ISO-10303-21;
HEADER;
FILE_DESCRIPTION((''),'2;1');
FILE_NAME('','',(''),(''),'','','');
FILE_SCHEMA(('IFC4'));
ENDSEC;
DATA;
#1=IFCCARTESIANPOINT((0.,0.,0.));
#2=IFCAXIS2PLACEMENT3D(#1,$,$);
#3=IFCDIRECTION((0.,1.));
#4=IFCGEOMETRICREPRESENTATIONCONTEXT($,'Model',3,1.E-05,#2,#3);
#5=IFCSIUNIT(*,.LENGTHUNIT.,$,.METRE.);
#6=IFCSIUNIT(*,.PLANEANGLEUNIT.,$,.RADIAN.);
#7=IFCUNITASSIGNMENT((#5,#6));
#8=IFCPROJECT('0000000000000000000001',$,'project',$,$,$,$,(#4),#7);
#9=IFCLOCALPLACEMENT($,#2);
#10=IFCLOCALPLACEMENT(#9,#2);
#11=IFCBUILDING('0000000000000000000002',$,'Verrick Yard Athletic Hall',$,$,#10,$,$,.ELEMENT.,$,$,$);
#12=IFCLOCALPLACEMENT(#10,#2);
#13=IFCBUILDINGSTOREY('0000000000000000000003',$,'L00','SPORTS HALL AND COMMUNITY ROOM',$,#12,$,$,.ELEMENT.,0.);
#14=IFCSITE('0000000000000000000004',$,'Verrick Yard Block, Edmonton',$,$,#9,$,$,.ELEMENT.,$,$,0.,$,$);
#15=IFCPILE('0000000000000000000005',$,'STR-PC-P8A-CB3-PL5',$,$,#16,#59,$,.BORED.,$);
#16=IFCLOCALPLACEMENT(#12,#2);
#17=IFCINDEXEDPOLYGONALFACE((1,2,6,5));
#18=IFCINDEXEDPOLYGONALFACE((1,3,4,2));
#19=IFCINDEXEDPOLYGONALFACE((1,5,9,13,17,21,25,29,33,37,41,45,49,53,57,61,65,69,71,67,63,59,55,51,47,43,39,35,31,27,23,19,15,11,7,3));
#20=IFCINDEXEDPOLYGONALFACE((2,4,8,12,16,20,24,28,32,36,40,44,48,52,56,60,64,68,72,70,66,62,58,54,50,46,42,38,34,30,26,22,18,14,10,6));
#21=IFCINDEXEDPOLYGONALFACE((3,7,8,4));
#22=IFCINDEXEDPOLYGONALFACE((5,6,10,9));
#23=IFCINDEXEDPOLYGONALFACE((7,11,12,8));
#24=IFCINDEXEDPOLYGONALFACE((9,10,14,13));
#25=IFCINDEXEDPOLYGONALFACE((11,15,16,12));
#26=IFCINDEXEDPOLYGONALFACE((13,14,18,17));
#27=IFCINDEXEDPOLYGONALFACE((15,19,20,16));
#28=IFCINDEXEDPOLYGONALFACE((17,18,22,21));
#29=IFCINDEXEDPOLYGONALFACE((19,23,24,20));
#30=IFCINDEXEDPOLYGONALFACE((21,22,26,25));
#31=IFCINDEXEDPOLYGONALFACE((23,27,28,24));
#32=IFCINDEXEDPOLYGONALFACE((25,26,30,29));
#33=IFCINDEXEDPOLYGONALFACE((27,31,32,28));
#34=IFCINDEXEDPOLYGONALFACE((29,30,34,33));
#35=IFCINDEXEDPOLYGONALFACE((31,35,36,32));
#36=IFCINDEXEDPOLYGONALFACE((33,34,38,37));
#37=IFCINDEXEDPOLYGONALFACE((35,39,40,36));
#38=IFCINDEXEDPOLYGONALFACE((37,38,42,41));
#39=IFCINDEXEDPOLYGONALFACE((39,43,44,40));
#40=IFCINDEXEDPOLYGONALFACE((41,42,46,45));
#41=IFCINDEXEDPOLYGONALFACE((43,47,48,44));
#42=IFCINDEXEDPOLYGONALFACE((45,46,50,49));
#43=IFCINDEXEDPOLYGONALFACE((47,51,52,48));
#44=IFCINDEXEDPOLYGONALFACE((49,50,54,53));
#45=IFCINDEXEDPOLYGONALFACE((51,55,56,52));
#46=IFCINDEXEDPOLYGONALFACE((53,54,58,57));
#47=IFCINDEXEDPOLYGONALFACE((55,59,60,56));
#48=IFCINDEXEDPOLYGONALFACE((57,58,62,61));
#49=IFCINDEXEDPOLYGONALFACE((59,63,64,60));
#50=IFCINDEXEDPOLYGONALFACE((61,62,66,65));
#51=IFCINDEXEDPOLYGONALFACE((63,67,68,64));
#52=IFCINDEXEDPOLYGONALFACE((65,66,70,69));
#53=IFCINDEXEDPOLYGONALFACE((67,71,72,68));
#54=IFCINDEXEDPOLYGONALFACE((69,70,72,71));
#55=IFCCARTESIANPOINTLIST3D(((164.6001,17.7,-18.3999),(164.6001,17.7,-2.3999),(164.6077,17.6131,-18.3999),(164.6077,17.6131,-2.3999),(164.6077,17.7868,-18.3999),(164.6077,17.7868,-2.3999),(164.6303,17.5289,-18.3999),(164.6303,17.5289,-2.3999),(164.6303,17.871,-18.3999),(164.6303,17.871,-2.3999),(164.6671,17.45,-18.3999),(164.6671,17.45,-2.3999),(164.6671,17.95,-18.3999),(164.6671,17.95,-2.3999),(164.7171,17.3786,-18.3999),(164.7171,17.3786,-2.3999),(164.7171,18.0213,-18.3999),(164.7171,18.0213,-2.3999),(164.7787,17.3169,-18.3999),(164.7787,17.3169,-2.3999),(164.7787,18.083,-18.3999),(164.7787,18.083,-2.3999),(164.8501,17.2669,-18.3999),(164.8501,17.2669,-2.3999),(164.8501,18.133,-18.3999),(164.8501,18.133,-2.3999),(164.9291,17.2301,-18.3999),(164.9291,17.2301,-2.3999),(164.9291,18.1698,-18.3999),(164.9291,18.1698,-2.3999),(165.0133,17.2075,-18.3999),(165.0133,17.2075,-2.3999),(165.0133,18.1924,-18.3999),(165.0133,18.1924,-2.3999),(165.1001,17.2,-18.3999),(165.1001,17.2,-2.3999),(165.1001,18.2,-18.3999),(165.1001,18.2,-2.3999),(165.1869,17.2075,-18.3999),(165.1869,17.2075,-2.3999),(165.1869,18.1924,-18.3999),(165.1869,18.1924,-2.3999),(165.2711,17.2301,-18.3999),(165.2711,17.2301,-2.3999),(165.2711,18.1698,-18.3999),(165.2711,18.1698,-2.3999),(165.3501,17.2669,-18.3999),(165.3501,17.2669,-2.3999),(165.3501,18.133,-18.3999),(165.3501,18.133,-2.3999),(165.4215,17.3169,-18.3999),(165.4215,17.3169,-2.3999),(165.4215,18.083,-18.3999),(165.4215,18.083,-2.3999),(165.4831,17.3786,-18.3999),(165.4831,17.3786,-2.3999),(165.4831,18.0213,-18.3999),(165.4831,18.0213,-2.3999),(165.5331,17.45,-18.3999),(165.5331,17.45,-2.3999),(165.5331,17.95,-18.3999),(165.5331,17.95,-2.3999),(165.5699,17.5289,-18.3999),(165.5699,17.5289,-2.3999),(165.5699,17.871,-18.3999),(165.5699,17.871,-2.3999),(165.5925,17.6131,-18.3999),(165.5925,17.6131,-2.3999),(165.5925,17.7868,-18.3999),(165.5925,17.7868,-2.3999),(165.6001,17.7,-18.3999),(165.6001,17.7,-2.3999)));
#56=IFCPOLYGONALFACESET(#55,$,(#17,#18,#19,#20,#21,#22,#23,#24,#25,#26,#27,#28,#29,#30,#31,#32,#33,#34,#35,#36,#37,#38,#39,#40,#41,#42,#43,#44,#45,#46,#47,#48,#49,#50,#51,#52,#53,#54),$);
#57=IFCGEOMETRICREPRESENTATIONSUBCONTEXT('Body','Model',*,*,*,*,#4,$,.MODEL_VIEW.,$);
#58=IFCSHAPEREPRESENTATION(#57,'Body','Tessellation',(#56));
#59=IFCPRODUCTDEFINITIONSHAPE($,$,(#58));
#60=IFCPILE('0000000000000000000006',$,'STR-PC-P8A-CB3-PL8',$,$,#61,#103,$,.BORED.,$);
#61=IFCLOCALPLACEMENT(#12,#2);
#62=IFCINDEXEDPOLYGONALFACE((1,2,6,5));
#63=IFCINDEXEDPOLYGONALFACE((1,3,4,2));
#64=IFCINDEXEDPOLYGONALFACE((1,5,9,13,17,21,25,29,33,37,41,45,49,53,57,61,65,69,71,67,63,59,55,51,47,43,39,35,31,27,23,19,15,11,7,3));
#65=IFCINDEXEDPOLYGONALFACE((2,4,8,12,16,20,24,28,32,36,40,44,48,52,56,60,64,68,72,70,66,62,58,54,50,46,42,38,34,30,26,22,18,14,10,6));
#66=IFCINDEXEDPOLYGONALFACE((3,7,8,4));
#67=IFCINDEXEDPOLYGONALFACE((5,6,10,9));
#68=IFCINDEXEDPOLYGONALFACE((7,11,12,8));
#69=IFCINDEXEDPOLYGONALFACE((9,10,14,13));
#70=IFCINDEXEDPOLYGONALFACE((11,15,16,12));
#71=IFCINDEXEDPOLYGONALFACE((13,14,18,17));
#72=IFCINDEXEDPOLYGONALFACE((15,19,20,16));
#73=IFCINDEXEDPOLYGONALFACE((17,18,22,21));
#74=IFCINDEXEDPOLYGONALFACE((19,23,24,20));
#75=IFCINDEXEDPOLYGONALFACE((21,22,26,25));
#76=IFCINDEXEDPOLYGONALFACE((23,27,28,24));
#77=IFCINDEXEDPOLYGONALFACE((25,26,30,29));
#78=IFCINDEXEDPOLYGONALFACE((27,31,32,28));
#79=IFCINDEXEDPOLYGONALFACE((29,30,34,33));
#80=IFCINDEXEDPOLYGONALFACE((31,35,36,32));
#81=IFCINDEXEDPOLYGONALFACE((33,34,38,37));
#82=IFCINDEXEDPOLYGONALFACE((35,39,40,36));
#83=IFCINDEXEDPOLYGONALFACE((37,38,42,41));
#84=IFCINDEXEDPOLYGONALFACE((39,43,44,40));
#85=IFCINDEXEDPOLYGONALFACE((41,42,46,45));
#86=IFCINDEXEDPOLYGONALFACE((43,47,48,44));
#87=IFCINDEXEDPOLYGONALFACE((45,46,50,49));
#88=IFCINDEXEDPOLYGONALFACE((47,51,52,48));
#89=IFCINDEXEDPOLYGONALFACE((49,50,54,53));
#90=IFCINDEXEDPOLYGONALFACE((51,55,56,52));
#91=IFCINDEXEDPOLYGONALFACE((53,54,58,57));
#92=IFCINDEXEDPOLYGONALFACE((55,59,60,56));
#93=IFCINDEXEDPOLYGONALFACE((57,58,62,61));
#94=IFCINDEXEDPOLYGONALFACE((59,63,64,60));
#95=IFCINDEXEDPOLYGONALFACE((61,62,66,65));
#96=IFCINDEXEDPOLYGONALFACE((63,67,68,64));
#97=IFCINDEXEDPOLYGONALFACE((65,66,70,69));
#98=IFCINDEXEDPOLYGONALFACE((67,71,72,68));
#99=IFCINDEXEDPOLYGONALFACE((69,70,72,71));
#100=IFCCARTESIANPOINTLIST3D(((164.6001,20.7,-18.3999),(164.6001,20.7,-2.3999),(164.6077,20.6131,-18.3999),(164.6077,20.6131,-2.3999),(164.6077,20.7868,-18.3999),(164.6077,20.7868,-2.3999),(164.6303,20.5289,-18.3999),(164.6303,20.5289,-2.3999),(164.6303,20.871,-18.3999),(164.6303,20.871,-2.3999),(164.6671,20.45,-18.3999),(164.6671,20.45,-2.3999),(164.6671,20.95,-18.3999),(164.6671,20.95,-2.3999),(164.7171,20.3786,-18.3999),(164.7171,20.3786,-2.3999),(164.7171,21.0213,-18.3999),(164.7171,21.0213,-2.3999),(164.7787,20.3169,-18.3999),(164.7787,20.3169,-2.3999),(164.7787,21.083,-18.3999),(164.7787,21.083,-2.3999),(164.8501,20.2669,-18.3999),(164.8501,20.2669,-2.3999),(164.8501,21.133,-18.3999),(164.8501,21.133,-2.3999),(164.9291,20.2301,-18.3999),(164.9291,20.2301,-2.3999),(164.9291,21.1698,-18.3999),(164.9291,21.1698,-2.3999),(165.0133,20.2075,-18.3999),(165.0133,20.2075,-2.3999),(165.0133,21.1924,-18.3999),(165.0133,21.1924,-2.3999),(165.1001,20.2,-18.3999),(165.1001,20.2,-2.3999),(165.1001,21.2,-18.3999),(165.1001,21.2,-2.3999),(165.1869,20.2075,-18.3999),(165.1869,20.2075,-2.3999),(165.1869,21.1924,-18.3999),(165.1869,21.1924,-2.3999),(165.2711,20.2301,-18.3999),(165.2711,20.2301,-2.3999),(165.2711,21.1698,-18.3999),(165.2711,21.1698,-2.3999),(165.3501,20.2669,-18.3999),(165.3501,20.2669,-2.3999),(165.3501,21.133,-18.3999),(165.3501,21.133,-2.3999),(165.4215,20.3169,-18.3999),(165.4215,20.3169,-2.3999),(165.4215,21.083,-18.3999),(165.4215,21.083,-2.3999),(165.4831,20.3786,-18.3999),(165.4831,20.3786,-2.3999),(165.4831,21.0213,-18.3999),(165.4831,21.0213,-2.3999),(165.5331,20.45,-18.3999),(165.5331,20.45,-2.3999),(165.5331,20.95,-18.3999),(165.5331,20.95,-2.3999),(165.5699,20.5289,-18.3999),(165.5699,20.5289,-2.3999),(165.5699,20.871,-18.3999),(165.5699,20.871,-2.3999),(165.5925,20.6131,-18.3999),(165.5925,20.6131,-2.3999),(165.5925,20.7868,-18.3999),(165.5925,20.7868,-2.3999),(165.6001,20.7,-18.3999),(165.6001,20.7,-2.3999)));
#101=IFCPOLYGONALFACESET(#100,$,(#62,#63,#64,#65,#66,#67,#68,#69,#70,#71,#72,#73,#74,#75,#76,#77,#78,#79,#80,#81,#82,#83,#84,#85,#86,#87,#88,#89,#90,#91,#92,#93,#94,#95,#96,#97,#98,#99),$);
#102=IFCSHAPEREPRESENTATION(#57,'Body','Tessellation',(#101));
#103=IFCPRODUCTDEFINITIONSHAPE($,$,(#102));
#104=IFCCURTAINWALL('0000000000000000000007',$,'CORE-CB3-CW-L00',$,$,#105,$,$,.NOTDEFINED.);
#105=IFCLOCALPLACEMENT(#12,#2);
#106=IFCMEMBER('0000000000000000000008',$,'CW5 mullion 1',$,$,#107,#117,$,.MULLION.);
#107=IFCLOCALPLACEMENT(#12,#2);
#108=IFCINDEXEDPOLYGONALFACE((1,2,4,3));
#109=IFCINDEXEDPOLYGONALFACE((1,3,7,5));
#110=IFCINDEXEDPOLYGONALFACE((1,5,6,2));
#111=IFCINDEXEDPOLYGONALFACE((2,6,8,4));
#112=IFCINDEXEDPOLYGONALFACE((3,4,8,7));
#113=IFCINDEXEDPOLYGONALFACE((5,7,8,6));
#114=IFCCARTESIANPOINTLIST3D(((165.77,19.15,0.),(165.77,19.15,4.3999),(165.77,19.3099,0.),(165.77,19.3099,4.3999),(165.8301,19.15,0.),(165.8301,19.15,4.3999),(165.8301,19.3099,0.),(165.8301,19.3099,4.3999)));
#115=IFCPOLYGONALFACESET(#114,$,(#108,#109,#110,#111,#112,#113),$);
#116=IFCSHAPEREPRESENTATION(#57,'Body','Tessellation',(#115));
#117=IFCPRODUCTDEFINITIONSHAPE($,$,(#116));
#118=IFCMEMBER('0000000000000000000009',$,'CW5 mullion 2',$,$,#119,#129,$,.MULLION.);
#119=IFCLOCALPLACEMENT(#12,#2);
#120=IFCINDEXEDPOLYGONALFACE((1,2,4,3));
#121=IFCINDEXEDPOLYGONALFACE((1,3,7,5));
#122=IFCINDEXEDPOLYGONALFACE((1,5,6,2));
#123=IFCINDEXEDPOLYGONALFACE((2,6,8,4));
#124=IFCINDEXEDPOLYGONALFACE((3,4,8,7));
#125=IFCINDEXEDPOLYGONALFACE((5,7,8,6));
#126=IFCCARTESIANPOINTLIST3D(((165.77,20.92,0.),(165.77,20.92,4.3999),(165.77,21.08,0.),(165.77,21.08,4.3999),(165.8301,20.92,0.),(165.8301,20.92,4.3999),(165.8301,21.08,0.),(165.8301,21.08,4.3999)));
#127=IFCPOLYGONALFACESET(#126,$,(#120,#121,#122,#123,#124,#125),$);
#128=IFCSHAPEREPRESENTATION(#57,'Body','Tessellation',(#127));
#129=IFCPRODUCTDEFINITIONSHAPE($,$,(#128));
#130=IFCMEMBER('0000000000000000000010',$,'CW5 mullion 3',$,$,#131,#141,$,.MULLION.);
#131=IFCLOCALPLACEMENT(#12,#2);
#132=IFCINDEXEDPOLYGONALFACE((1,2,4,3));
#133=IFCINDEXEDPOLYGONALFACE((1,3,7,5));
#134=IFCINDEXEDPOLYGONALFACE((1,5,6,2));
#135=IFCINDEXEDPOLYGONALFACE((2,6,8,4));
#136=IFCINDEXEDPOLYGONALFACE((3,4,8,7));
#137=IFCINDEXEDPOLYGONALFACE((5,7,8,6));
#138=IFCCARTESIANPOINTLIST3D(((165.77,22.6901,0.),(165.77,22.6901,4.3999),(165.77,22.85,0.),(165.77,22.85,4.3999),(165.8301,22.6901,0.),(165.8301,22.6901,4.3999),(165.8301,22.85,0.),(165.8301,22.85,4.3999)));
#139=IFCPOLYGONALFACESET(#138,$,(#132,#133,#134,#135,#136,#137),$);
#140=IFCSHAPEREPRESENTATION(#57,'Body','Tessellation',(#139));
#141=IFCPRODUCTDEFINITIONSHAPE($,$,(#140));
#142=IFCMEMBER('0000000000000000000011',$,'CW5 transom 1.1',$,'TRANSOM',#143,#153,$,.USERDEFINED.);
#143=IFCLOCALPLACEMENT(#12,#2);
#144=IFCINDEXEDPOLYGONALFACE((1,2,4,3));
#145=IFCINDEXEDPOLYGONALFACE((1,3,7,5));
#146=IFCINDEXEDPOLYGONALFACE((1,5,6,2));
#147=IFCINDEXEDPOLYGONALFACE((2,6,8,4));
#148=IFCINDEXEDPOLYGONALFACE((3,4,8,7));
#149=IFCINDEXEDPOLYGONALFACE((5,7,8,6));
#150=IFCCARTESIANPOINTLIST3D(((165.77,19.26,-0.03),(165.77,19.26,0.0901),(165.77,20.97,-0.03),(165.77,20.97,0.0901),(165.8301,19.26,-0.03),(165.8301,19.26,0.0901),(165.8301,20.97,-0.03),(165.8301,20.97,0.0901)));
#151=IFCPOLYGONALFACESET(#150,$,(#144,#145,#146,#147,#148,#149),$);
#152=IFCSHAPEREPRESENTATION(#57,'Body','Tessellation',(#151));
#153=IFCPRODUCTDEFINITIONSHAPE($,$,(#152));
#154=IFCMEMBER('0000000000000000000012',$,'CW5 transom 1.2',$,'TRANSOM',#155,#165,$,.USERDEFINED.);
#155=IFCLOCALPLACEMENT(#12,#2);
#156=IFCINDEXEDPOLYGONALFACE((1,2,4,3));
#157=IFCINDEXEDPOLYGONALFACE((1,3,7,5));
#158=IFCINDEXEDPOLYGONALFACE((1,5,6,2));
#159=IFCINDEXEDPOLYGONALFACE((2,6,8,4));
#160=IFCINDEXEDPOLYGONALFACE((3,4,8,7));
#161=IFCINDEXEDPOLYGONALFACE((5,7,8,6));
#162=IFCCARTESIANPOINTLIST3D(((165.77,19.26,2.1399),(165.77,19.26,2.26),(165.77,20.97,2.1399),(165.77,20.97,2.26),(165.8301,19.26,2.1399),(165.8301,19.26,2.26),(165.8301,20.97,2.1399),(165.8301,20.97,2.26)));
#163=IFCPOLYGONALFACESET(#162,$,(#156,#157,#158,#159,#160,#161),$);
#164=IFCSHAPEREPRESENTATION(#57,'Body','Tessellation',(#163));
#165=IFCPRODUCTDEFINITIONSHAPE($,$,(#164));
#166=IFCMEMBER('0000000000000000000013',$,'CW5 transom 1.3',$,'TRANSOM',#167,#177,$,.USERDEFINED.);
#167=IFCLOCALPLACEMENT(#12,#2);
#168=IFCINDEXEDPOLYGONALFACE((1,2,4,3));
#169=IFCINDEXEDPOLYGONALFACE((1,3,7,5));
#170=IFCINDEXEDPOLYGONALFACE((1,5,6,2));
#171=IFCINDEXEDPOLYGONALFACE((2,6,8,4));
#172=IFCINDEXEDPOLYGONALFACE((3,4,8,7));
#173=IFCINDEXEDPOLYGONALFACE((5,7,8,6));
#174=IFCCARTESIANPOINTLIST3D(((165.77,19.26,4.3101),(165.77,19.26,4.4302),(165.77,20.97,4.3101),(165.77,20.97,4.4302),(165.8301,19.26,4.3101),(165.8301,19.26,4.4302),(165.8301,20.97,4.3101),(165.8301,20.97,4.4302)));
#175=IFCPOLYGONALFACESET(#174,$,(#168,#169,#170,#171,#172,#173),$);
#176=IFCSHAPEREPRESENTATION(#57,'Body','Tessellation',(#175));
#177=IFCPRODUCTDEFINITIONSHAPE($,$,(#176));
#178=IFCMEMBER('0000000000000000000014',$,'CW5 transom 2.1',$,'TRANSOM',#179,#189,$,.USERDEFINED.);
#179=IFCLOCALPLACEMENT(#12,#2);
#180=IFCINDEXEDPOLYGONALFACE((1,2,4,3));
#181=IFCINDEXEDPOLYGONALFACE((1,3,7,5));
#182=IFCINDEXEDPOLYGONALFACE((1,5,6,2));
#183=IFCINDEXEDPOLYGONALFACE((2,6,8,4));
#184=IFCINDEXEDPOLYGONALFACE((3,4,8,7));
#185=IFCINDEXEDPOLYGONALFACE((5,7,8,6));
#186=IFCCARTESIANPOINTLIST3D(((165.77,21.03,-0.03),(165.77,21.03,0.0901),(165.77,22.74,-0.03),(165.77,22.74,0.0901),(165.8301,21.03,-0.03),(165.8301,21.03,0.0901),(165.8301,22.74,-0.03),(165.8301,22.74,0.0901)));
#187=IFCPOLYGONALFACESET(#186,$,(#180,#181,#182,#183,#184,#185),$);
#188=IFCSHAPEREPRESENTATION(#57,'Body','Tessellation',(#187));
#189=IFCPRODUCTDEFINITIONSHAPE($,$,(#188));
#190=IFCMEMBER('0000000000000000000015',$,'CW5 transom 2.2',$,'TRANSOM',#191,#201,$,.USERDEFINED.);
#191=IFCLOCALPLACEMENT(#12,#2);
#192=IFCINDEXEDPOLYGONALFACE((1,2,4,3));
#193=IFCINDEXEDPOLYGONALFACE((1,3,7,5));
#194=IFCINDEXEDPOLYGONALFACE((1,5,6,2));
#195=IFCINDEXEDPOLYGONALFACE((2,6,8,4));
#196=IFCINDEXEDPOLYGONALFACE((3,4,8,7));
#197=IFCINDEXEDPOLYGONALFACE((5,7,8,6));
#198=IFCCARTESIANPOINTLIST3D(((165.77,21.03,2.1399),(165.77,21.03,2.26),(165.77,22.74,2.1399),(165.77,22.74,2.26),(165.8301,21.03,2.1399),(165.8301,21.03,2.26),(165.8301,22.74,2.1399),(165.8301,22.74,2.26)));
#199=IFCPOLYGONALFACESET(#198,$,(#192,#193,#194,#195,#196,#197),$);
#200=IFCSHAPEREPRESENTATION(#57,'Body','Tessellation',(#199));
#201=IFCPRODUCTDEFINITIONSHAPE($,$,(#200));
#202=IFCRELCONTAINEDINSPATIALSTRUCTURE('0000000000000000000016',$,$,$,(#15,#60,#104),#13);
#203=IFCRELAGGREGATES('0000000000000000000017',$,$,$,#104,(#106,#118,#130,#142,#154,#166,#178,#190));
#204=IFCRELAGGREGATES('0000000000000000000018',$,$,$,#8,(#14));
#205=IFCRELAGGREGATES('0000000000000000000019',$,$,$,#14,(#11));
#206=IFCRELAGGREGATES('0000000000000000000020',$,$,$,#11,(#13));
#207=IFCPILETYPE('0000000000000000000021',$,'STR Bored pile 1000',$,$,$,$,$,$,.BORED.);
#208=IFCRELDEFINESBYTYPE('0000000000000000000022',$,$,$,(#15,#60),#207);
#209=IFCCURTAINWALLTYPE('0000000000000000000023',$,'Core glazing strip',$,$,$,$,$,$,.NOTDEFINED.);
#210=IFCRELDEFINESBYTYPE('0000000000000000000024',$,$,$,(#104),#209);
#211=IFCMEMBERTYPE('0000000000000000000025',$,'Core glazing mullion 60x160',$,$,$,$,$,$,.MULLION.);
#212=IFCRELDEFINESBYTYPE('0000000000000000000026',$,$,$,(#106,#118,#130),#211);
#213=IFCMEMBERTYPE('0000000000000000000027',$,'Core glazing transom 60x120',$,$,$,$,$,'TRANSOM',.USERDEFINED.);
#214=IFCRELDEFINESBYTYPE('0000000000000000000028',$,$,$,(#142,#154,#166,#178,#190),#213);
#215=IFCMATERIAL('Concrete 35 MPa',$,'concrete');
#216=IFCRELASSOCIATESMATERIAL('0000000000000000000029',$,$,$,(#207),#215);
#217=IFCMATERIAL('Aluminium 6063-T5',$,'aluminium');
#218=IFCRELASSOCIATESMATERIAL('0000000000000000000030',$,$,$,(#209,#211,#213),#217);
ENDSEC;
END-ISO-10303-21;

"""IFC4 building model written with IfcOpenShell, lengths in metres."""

from ifc_helpers import new_model, si_unit, direction, frame, origin, origin_2d, place, context, subcontext, project, spatial, rectangle, circle, extrude, material, material_profile, profile_set, type_object, element, aggregate, save


model = new_model("IFC4")

# Units and contexts
model_context = context("Model", 3, precision=1e-05, world=origin(), true_north=direction((0.0, 1.0)))
body_context = subcontext(model_context, "Body", "Model", "MODEL_VIEW")
ifc_project = project(units=[si_unit("LENGTHUNIT", "METRE"), si_unit("PLANEANGLEUNIT", "RADIAN")], contexts=[model_context])

# Site, building, storey
site_placement = place(None, origin())
site = spatial("IfcSite", under=ifc_project, at=site_placement, Name="Verrick Yard Block, Edmonton", CompositionType="ELEMENT", RefElevation=0.0)
building_placement = place(site_placement, origin())
building = spatial("IfcBuilding", under=site, at=building_placement, Name="Verrick Yard Athletic Hall", CompositionType="ELEMENT")
storey_placement = place(building_placement, origin())
storey = spatial("IfcBuildingStorey", under=building, at=storey_placement, Name="L00", Description="SPORTS HALL AND COMMUNITY ROOM", CompositionType="ELEMENT", Elevation=0.0)

# Piles
ifc_material_1 = material(Name="Concrete 35 MPa", Category="concrete")
pile_type = type_object("IfcPileType", Name="STR Bored pile 1000", PredefinedType="BORED", material=ifc_material_1)
for number, where, z_axis, x_axis, name in (
    (1, (165.1001, 17.7, -2.3999), (0.0, 0.0, -1.0), (1.0, 0.0, 0.0), "STR-PC-P8A-CB3-PL5"),
    (2, (165.1001, 20.7, -2.3999), (0.0, 0.0, -1.0), (1.0, 0.0, 0.0), "STR-PC-P8A-CB3-PL8"),
):
    element("IfcPile", number, at=place(storey_placement, frame(where, z_axis=z_axis, x_axis=x_axis)), inside=storey, type_object=pile_type, Name=name, PredefinedType="BORED", context=body_context, shape_type="SweptSolid", body=[
        extrude(circle(Radius=0.5, at=origin_2d()), origin(), (0.0, 0.0, 1.0), 16.0),
    ])

# Curtain wall, members
ifc_material_2 = material(Name="Aluminium 6063-T5", Category="aluminium")
curtain_wall_type = type_object("IfcCurtainWallType", Name="Core glazing strip", PredefinedType="NOTDEFINED", material=ifc_material_2)
curtain_wall_placement = place(storey_placement, origin())
curtain_wall = element("IfcCurtainWall", 3, at=curtain_wall_placement, inside=storey, type_object=curtain_wall_type, Name="CORE-CB3-CW-L00", PredefinedType="NOTDEFINED")
ifc_material_profile_1 = material_profile(ifc_material_2, rectangle(XDim=0.0601, YDim=0.1599, at=origin_2d()), Name="Core glazing mullion 60x160")
ifc_profile_set_1 = profile_set([ifc_material_profile_1], Name="Aluminium 6063-T5")
member_type_1 = type_object("IfcMemberType", Name="Core glazing mullion 60x160", PredefinedType="MULLION", material=ifc_profile_set_1)
member_1_placement = place(storey_placement, frame((165.8, 19.23, 0.0), z_axis=(0.0, 0.0, 1.0), x_axis=(-1.0, 0.0, 0.0)))
member_1 = element("IfcMember", 4, at=member_1_placement, type_object=member_type_1, Name="CW5 mullion 1", PredefinedType="MULLION", context=body_context, shape_type="SweptSolid", body=[
    extrude(rectangle(XDim=0.0601, YDim=0.1599, at=origin_2d()), origin(), (0.0, 0.0, 1.0), 4.3999),
])
member_2_placement = place(storey_placement, frame((165.8, 21.0, 0.0), z_axis=(0.0, 0.0, 1.0), x_axis=(-1.0, 0.0, 0.0)))
member_2 = element("IfcMember", 5, at=member_2_placement, type_object=member_type_1, Name="CW5 mullion 2", PredefinedType="MULLION", context=body_context, shape_type="SweptSolid", body=[
    extrude(rectangle(XDim=0.0601, YDim=0.1599, at=origin_2d()), origin(), (0.0, 0.0, 1.0), 4.3999),
])
member_3_placement = place(storey_placement, frame((165.8, 22.77, 0.0), z_axis=(0.0, 0.0, 1.0), x_axis=(-1.0, 0.0, 0.0)))
member_3 = element("IfcMember", 6, at=member_3_placement, type_object=member_type_1, Name="CW5 mullion 3", PredefinedType="MULLION", context=body_context, shape_type="SweptSolid", body=[
    extrude(rectangle(XDim=0.0601, YDim=0.1599, at=origin_2d()), origin(), (0.0, 0.0, 1.0), 4.3999),
])
ifc_material_profile_2 = material_profile(ifc_material_2, rectangle(XDim=0.0601, YDim=0.1201, at=origin_2d()), Name="Core glazing transom 60x120")
ifc_profile_set_2 = profile_set([ifc_material_profile_2], Name="Aluminium 6063-T5")
member_type_2 = type_object("IfcMemberType", Name="Core glazing transom 60x120", ElementType="TRANSOM", PredefinedType="USERDEFINED", material=ifc_profile_set_2)
member_4_placement = place(storey_placement, frame((165.8, 19.26, 0.03), z_axis=(0.0, 1.0, 0.0), x_axis=(-1.0, 0.0, 0.0)))
member_4 = element("IfcMember", 7, at=member_4_placement, type_object=member_type_2, Name="CW5 transom 1.1", ObjectType="TRANSOM", PredefinedType="USERDEFINED", context=body_context, shape_type="SweptSolid", body=[
    extrude(rectangle(XDim=0.0601, YDim=0.1201, at=origin_2d()), origin(), (0.0, 0.0, 1.0), 1.71),
])
member_5_placement = place(storey_placement, frame((165.8, 19.26, 2.2), z_axis=(0.0, 1.0, 0.0), x_axis=(-1.0, 0.0, 0.0)))
member_5 = element("IfcMember", 8, at=member_5_placement, type_object=member_type_2, Name="CW5 transom 1.2", ObjectType="TRANSOM", PredefinedType="USERDEFINED", context=body_context, shape_type="SweptSolid", body=[
    extrude(rectangle(XDim=0.0601, YDim=0.1201, at=origin_2d()), origin(), (0.0, 0.0, 1.0), 1.71),
])
member_6_placement = place(storey_placement, frame((165.8, 19.26, 4.3701), z_axis=(0.0, 1.0, 0.0), x_axis=(-1.0, 0.0, 0.0)))
member_6 = element("IfcMember", 9, at=member_6_placement, type_object=member_type_2, Name="CW5 transom 1.3", ObjectType="TRANSOM", PredefinedType="USERDEFINED", context=body_context, shape_type="SweptSolid", body=[
    extrude(rectangle(XDim=0.0601, YDim=0.1201, at=origin_2d()), origin(), (0.0, 0.0, 1.0), 1.71),
])
member_7_placement = place(storey_placement, frame((165.8, 21.03, 0.03), z_axis=(0.0, 1.0, 0.0), x_axis=(-1.0, 0.0, 0.0)))
member_7 = element("IfcMember", 10, at=member_7_placement, type_object=member_type_2, Name="CW5 transom 2.1", ObjectType="TRANSOM", PredefinedType="USERDEFINED", context=body_context, shape_type="SweptSolid", body=[
    extrude(rectangle(XDim=0.0601, YDim=0.1201, at=origin_2d()), origin(), (0.0, 0.0, 1.0), 1.71),
])
member_8_placement = place(storey_placement, frame((165.8, 21.03, 2.2), z_axis=(0.0, 1.0, 0.0), x_axis=(-1.0, 0.0, 0.0)))
member_8 = element("IfcMember", 11, at=member_8_placement, type_object=member_type_2, Name="CW5 transom 2.2", ObjectType="TRANSOM", PredefinedType="USERDEFINED", context=body_context, shape_type="SweptSolid", body=[
    extrude(rectangle(XDim=0.0601, YDim=0.1201, at=origin_2d()), origin(), (0.0, 0.0, 1.0), 1.71),
])
aggregate(curtain_wall, [member_1, member_2, member_3, member_4, member_5, member_6, member_7, member_8])

save(model, "model.ifc")
